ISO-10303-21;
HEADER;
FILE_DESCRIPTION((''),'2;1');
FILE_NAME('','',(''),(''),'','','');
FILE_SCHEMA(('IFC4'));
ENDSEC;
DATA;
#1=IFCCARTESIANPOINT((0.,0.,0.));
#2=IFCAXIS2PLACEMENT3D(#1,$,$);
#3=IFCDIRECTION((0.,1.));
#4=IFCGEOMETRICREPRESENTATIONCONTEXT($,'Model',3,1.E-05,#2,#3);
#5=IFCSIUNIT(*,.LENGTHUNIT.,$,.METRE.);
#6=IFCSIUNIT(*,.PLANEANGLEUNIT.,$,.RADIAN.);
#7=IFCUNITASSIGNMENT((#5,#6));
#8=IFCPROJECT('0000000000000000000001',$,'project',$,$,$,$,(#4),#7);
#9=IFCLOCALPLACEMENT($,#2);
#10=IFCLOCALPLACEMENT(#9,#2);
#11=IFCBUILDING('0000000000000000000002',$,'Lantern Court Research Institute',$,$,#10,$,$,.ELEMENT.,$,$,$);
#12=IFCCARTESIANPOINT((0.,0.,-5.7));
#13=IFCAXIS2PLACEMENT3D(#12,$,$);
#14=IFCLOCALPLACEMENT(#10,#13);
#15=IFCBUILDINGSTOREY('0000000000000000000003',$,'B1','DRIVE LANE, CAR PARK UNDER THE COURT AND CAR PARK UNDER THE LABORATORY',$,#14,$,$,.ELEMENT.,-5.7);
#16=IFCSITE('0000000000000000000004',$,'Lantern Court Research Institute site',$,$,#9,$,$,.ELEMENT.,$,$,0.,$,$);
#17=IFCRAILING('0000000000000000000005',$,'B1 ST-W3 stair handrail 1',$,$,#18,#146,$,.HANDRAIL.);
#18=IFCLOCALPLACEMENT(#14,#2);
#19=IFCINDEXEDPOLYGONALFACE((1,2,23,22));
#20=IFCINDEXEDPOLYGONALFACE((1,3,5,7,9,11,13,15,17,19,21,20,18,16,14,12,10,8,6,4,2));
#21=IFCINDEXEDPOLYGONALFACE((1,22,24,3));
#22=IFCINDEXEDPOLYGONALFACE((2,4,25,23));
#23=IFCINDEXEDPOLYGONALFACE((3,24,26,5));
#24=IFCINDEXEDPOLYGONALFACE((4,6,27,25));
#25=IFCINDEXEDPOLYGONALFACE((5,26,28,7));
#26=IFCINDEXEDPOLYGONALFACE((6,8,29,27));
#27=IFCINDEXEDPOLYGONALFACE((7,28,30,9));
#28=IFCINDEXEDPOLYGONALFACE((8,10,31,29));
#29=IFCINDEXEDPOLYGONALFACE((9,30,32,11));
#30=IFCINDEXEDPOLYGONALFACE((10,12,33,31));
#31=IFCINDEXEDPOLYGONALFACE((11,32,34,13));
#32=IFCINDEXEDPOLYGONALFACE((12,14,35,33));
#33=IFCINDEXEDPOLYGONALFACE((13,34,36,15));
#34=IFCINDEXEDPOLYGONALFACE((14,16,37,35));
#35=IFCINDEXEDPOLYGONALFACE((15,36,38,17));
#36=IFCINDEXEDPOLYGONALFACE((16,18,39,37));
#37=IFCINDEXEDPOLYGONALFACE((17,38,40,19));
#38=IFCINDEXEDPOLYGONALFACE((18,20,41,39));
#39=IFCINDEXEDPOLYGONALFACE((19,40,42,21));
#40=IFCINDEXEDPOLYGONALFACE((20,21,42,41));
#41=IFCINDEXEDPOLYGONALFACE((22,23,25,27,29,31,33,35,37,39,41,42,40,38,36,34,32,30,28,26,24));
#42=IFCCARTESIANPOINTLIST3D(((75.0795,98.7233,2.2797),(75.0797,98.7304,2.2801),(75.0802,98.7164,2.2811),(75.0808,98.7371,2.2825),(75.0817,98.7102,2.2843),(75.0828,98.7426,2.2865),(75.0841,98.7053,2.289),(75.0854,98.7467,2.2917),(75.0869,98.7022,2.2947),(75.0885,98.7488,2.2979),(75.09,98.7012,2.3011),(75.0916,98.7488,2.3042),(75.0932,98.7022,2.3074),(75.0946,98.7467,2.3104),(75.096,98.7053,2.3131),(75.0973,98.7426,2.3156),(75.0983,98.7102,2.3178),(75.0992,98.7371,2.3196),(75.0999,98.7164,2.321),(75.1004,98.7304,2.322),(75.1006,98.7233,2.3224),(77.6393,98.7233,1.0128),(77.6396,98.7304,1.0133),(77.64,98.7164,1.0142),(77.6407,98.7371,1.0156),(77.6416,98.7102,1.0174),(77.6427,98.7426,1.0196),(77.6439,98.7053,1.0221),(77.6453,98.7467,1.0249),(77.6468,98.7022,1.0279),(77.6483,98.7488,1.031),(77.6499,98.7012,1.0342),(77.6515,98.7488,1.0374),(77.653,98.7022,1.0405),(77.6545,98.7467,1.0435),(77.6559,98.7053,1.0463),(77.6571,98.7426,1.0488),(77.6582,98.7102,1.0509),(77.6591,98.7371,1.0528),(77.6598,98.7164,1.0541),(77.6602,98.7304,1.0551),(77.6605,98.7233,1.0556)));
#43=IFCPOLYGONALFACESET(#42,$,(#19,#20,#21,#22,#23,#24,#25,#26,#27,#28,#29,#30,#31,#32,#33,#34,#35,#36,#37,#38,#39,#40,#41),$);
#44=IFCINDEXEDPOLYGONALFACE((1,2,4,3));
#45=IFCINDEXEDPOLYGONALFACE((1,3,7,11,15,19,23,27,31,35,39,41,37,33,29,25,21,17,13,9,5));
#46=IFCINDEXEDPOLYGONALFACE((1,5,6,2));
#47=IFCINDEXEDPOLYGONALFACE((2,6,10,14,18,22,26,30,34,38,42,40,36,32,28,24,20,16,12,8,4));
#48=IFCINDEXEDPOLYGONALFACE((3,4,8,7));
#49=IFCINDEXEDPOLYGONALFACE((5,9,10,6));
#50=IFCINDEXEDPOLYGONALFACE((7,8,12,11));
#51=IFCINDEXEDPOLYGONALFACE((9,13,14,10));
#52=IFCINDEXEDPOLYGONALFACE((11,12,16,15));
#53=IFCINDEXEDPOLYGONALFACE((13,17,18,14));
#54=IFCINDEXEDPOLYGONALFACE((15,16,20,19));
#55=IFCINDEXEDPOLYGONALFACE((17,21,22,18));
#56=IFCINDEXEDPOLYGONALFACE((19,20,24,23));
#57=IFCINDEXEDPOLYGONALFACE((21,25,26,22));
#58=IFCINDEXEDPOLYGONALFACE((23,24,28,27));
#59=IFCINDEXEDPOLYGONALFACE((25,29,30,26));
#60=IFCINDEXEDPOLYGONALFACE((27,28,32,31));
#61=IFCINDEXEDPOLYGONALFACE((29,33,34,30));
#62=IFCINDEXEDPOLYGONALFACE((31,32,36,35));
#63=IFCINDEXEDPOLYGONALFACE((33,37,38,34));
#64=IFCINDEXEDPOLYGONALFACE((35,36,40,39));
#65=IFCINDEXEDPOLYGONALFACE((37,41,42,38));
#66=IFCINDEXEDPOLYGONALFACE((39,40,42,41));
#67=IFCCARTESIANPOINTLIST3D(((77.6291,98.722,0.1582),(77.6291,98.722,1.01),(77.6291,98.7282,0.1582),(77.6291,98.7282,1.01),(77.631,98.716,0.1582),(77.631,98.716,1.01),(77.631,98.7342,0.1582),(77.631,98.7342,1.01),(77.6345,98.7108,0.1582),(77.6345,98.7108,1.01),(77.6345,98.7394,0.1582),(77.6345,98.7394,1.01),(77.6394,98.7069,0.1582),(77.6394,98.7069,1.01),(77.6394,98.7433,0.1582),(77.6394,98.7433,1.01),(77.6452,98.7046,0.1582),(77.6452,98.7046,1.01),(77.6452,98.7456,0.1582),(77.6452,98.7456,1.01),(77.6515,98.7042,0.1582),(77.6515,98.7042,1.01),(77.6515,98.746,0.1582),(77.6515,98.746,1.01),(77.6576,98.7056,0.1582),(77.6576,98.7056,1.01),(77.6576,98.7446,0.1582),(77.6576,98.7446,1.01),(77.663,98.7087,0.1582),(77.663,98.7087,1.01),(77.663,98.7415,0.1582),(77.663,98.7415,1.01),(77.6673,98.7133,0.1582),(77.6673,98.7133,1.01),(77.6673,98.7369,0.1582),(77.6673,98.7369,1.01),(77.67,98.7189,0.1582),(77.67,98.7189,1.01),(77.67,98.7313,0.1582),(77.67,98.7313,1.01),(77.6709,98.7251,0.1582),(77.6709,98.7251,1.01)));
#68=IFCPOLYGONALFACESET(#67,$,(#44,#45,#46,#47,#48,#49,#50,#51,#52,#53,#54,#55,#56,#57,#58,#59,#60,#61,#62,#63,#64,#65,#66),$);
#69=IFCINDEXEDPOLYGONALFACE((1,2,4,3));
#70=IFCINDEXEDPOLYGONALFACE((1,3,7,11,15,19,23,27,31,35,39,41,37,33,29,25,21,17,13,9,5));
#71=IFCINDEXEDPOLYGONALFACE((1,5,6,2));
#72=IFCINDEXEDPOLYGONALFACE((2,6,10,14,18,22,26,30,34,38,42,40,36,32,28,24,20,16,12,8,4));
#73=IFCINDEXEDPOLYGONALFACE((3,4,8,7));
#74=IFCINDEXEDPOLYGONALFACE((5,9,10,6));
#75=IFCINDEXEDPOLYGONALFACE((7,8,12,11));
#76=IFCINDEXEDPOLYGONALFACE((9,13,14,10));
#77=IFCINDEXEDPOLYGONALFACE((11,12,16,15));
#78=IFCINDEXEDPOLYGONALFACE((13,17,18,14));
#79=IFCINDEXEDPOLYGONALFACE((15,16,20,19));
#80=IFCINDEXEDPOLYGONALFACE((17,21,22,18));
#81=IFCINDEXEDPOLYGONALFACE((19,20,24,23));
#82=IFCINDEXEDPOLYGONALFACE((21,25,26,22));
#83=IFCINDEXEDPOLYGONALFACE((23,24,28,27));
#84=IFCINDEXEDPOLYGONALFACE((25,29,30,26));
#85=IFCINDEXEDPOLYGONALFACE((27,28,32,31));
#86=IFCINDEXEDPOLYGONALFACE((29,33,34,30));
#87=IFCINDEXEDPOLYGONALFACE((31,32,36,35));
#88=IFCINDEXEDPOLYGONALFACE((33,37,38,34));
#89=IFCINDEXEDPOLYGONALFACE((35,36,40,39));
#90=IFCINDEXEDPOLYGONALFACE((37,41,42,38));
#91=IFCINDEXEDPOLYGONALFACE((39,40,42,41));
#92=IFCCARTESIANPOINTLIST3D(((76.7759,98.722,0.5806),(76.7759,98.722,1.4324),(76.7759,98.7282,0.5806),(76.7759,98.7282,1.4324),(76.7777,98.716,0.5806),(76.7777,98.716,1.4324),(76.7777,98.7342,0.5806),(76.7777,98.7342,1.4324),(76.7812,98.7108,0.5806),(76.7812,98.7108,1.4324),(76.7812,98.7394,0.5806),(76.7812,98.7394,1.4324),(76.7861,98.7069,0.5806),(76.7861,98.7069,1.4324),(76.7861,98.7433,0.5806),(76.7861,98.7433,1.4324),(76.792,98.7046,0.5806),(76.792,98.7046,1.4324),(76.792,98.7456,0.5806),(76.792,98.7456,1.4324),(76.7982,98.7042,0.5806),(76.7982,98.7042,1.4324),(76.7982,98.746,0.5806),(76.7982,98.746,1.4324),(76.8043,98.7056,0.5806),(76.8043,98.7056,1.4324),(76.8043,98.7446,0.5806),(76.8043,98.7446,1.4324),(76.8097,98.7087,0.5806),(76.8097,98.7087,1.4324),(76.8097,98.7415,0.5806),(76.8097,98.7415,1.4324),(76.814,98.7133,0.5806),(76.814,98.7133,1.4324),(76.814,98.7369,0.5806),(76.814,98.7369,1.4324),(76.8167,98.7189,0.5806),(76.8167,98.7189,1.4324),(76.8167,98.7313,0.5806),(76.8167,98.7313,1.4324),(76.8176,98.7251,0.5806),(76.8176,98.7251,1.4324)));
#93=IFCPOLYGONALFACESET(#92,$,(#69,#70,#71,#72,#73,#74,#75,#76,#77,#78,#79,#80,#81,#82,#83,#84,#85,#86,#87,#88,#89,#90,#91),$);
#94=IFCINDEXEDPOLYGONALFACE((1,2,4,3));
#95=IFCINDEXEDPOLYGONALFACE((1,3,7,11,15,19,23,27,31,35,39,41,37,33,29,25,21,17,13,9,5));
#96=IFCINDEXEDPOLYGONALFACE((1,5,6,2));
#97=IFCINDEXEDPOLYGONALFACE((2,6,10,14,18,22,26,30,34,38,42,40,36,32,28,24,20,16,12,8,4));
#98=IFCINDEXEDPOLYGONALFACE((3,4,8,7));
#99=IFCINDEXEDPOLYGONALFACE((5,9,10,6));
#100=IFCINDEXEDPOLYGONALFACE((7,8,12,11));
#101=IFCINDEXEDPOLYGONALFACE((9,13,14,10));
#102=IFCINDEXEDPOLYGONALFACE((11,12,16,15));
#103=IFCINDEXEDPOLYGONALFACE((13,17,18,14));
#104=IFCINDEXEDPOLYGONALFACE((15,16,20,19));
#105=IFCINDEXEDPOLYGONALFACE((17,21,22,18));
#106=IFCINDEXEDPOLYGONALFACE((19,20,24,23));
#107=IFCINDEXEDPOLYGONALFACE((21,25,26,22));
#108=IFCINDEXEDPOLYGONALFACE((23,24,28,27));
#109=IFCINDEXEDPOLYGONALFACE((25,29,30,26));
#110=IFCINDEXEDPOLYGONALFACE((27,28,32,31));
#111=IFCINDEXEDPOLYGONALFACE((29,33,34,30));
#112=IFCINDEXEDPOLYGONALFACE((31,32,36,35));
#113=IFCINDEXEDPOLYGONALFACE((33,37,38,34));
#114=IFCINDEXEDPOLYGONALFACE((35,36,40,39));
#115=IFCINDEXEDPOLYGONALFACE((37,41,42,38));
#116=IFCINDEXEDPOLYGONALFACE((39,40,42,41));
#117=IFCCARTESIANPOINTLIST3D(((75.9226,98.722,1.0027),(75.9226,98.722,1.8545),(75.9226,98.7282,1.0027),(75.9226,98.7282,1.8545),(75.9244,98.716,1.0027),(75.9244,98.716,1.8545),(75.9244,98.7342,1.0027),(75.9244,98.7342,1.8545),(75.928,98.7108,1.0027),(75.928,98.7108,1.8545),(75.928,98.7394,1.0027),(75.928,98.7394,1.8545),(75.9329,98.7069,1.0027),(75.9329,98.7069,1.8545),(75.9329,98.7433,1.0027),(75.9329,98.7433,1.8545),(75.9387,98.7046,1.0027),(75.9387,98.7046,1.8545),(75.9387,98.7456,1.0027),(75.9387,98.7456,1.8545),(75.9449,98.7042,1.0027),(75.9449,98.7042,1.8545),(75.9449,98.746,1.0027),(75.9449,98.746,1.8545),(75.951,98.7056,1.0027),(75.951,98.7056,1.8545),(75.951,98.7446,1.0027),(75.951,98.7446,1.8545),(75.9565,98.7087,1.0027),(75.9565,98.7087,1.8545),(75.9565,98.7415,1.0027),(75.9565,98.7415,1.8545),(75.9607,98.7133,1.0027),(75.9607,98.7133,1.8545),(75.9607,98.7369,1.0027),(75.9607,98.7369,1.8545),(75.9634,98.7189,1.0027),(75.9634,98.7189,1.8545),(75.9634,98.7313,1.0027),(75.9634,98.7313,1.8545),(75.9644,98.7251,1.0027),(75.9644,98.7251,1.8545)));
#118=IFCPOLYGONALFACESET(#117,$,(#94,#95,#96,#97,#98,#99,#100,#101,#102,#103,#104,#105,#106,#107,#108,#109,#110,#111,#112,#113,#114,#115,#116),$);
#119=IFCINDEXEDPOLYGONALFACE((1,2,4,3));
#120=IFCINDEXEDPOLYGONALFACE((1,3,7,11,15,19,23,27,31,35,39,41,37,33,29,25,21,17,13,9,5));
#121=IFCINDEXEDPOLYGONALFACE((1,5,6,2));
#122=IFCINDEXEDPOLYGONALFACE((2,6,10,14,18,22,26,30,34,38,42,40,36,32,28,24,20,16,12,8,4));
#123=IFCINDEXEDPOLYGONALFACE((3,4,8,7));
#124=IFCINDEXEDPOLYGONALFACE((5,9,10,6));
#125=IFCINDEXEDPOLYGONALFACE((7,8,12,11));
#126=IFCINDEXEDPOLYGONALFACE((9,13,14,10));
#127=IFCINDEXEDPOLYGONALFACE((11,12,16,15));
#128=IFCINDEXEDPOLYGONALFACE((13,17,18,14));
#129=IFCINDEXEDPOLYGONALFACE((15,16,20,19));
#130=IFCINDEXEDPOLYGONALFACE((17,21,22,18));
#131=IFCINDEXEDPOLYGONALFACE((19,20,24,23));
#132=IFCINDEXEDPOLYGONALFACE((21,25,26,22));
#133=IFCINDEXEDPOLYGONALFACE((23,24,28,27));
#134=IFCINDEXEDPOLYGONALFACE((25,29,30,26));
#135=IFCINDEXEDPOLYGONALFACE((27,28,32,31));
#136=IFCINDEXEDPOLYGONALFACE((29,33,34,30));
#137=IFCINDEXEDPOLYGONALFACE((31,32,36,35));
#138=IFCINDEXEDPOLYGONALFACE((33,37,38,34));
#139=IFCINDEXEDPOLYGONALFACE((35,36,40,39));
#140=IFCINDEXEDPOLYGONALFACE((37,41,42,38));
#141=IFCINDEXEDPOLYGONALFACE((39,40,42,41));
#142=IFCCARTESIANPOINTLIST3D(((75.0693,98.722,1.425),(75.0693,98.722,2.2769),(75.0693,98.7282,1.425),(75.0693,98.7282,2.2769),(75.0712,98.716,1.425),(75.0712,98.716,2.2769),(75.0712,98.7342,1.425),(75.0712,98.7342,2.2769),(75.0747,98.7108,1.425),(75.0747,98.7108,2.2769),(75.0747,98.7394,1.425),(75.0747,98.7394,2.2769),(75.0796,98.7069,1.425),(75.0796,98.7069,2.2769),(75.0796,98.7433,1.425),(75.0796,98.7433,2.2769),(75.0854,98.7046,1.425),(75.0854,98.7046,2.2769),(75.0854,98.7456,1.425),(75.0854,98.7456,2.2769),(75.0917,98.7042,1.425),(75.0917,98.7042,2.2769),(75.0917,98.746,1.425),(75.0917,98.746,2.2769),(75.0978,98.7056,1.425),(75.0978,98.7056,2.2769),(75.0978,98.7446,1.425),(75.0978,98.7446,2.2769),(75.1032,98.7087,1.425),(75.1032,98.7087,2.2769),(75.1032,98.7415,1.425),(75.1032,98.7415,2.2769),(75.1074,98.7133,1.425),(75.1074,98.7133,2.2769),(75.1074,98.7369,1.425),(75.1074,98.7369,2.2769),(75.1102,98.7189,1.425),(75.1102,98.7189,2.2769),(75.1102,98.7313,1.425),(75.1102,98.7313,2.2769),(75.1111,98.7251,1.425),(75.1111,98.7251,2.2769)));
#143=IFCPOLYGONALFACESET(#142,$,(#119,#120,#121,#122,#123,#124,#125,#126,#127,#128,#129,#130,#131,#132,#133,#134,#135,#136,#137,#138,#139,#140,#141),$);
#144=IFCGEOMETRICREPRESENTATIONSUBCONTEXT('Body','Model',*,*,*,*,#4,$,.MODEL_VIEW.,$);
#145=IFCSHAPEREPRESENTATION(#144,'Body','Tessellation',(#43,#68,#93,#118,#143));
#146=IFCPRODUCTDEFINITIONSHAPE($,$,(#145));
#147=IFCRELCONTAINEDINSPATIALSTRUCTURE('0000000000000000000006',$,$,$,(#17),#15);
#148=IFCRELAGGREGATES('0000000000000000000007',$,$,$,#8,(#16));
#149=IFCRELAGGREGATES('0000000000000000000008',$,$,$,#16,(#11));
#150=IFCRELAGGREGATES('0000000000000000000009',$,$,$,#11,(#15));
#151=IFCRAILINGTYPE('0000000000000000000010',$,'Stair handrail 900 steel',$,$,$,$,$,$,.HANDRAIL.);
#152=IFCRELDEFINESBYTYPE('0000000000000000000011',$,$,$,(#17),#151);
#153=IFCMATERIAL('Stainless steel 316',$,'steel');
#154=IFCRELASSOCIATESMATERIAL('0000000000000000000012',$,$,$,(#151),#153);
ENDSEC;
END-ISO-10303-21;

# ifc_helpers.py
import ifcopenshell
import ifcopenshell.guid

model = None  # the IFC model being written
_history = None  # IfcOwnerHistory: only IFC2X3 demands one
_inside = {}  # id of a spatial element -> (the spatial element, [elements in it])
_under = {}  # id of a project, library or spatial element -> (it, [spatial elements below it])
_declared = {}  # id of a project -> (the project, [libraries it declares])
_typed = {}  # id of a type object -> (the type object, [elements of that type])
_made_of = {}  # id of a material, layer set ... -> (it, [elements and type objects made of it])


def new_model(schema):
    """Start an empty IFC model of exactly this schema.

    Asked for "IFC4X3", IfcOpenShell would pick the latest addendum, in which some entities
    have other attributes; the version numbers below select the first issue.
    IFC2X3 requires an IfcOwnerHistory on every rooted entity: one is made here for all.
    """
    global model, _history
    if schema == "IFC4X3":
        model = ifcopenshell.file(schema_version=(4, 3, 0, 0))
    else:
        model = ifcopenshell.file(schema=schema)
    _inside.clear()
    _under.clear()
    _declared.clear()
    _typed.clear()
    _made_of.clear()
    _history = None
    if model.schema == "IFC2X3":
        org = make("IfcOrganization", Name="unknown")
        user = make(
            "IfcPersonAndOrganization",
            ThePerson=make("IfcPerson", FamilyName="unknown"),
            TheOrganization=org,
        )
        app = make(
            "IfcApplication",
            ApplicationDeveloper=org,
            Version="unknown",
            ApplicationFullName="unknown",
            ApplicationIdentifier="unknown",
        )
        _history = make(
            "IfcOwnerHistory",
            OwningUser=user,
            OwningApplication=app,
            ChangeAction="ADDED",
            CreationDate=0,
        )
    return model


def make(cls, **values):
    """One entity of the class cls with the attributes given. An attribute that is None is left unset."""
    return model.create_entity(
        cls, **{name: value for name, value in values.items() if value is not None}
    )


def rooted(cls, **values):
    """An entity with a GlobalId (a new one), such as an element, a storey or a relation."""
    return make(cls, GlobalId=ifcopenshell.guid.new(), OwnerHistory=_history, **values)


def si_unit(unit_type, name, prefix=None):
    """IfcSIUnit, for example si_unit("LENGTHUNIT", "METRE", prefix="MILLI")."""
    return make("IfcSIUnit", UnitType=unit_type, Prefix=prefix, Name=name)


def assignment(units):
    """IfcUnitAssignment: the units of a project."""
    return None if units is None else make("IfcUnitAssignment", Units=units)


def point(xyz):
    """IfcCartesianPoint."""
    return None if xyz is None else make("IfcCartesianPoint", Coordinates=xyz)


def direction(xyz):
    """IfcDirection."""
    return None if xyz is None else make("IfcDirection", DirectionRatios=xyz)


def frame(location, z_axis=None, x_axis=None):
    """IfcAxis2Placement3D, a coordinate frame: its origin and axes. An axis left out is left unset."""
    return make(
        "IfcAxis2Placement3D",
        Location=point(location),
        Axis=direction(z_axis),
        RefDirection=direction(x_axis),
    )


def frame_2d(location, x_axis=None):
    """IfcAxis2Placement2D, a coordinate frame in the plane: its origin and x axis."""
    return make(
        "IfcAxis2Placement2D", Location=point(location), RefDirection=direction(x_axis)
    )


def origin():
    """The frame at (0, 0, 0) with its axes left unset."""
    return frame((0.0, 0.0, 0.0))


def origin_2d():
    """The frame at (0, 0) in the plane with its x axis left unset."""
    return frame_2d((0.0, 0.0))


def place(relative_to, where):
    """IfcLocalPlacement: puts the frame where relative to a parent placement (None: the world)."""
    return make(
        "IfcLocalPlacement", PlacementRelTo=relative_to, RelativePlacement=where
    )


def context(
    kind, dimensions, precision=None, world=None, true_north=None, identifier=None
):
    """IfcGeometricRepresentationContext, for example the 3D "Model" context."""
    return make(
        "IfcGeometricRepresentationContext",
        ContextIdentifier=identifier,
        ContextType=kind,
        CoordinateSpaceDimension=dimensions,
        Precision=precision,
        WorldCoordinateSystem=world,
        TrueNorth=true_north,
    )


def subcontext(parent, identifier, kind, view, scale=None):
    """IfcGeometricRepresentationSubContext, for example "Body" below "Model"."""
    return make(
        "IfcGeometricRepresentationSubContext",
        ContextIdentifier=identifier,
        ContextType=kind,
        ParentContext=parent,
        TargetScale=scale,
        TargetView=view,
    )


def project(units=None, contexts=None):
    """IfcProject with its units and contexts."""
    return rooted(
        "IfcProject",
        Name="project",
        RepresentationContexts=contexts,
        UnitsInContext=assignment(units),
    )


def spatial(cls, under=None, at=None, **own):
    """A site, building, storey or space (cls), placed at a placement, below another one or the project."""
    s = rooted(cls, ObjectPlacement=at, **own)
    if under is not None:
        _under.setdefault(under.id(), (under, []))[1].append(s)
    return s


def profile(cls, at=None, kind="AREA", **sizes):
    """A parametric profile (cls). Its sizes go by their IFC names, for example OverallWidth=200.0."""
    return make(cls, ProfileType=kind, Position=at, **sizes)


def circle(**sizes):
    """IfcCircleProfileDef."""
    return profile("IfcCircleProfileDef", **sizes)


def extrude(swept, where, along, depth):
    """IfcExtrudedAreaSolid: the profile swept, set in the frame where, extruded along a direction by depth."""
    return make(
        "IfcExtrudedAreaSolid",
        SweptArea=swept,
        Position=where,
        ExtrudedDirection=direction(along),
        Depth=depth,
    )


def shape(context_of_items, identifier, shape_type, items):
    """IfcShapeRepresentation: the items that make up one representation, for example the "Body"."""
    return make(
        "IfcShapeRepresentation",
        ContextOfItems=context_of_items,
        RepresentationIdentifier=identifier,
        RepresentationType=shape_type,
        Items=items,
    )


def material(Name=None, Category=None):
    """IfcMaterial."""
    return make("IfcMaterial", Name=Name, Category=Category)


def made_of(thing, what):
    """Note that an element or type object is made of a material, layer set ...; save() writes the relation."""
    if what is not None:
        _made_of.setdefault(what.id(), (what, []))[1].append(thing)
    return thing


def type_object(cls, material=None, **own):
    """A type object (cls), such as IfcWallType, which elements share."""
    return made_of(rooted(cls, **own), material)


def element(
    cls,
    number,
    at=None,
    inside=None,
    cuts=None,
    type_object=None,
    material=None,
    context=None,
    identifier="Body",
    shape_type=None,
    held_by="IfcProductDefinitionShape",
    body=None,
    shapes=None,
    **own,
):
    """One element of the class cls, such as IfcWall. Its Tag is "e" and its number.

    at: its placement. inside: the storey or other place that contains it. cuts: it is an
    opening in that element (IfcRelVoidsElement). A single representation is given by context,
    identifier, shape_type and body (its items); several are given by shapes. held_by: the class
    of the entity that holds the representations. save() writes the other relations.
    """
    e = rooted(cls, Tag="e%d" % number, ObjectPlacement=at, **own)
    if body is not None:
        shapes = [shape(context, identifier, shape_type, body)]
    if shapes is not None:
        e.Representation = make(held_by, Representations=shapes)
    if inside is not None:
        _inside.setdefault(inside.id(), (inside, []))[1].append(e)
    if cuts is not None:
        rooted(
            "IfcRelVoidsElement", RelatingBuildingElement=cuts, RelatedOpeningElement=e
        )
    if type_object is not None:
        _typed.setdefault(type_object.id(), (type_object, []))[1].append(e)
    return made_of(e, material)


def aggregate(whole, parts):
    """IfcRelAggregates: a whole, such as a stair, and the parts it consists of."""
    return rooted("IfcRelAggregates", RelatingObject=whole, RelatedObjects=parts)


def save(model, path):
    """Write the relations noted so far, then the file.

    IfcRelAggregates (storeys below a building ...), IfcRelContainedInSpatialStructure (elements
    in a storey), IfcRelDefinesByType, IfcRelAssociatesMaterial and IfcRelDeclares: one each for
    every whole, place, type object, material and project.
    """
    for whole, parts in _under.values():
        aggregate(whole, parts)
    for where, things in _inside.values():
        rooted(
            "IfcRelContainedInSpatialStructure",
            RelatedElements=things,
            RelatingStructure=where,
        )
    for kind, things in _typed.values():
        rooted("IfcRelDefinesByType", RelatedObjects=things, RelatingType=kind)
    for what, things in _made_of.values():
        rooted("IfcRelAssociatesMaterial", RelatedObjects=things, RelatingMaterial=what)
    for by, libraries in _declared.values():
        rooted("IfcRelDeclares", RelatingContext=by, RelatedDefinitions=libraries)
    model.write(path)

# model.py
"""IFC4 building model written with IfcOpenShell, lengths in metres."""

from ifc_helpers import new_model, si_unit, direction, frame, origin, origin_2d, place, context, subcontext, project, spatial, circle, extrude, material, type_object, element, save


model = new_model("IFC4")

# Units and contexts
model_context = context("Model", 3, precision=1e-05, world=origin(), true_north=direction((0.0, 1.0)))
body_context = subcontext(model_context, "Body", "Model", "MODEL_VIEW")
ifc_project = project(units=[si_unit("LENGTHUNIT", "METRE"), si_unit("PLANEANGLEUNIT", "RADIAN")], contexts=[model_context])

# Site, building, storey
site_placement = place(None, origin())
site = spatial("IfcSite", under=ifc_project, at=site_placement, Name="Lantern Court Research Institute site", CompositionType="ELEMENT", RefElevation=0.0)
building_placement = place(site_placement, origin())
building = spatial("IfcBuilding", under=site, at=building_placement, Name="Lantern Court Research Institute", CompositionType="ELEMENT")
storey_placement = place(building_placement, frame((0.0, 0.0, -5.7)))
storey = spatial("IfcBuildingStorey", under=building, at=storey_placement, Name="B1", Description="DRIVE LANE, CAR PARK UNDER THE COURT AND CAR PARK UNDER THE LABORATORY", CompositionType="ELEMENT", Elevation=-5.7)

# Railing
ifc_material_1 = material(Name="Stainless steel 316", Category="steel")
railing_type_1 = type_object("IfcRailingType", Name="Stair handrail 900 steel", PredefinedType="HANDRAIL", material=ifc_material_1)
railing_1_placement = place(storey_placement, frame((77.6499, 98.7251, 0.1582)))
element("IfcRailing", 1, at=railing_1_placement, inside=storey, type_object=railing_type_1, Name="B1 ST-W3 stair handrail 1", PredefinedType="HANDRAIL", context=body_context, shape_type="SweptSolid", body=[
    extrude(circle(Radius=0.0239, at=origin_2d()), frame((0.0, 0.0, 0.876), z_axis=(-0.896249, 0.0, 0.443551), x_axis=(0.0, -1.0, 0.0)), (0.0, 0.0, 1.0), 2.8562),
    extrude(circle(Radius=0.021, at=origin_2d()), origin(), (0.0, 0.0, 1.0), 0.8518),
    extrude(circle(Radius=0.021, at=origin_2d()), frame((-0.8533, 0.0, 0.4224)), (0.0, 0.0, 1.0), 0.8518),
    extrude(circle(Radius=0.021, at=origin_2d()), frame((-1.7065, 0.0, 0.8445)), (0.0, 0.0, 1.0), 0.8518),
    extrude(circle(Radius=0.021, at=origin_2d()), frame((-2.5598, 0.0, 1.2668)), (0.0, 0.0, 1.0), 0.8518),
])

save(model, "model.ifc")
